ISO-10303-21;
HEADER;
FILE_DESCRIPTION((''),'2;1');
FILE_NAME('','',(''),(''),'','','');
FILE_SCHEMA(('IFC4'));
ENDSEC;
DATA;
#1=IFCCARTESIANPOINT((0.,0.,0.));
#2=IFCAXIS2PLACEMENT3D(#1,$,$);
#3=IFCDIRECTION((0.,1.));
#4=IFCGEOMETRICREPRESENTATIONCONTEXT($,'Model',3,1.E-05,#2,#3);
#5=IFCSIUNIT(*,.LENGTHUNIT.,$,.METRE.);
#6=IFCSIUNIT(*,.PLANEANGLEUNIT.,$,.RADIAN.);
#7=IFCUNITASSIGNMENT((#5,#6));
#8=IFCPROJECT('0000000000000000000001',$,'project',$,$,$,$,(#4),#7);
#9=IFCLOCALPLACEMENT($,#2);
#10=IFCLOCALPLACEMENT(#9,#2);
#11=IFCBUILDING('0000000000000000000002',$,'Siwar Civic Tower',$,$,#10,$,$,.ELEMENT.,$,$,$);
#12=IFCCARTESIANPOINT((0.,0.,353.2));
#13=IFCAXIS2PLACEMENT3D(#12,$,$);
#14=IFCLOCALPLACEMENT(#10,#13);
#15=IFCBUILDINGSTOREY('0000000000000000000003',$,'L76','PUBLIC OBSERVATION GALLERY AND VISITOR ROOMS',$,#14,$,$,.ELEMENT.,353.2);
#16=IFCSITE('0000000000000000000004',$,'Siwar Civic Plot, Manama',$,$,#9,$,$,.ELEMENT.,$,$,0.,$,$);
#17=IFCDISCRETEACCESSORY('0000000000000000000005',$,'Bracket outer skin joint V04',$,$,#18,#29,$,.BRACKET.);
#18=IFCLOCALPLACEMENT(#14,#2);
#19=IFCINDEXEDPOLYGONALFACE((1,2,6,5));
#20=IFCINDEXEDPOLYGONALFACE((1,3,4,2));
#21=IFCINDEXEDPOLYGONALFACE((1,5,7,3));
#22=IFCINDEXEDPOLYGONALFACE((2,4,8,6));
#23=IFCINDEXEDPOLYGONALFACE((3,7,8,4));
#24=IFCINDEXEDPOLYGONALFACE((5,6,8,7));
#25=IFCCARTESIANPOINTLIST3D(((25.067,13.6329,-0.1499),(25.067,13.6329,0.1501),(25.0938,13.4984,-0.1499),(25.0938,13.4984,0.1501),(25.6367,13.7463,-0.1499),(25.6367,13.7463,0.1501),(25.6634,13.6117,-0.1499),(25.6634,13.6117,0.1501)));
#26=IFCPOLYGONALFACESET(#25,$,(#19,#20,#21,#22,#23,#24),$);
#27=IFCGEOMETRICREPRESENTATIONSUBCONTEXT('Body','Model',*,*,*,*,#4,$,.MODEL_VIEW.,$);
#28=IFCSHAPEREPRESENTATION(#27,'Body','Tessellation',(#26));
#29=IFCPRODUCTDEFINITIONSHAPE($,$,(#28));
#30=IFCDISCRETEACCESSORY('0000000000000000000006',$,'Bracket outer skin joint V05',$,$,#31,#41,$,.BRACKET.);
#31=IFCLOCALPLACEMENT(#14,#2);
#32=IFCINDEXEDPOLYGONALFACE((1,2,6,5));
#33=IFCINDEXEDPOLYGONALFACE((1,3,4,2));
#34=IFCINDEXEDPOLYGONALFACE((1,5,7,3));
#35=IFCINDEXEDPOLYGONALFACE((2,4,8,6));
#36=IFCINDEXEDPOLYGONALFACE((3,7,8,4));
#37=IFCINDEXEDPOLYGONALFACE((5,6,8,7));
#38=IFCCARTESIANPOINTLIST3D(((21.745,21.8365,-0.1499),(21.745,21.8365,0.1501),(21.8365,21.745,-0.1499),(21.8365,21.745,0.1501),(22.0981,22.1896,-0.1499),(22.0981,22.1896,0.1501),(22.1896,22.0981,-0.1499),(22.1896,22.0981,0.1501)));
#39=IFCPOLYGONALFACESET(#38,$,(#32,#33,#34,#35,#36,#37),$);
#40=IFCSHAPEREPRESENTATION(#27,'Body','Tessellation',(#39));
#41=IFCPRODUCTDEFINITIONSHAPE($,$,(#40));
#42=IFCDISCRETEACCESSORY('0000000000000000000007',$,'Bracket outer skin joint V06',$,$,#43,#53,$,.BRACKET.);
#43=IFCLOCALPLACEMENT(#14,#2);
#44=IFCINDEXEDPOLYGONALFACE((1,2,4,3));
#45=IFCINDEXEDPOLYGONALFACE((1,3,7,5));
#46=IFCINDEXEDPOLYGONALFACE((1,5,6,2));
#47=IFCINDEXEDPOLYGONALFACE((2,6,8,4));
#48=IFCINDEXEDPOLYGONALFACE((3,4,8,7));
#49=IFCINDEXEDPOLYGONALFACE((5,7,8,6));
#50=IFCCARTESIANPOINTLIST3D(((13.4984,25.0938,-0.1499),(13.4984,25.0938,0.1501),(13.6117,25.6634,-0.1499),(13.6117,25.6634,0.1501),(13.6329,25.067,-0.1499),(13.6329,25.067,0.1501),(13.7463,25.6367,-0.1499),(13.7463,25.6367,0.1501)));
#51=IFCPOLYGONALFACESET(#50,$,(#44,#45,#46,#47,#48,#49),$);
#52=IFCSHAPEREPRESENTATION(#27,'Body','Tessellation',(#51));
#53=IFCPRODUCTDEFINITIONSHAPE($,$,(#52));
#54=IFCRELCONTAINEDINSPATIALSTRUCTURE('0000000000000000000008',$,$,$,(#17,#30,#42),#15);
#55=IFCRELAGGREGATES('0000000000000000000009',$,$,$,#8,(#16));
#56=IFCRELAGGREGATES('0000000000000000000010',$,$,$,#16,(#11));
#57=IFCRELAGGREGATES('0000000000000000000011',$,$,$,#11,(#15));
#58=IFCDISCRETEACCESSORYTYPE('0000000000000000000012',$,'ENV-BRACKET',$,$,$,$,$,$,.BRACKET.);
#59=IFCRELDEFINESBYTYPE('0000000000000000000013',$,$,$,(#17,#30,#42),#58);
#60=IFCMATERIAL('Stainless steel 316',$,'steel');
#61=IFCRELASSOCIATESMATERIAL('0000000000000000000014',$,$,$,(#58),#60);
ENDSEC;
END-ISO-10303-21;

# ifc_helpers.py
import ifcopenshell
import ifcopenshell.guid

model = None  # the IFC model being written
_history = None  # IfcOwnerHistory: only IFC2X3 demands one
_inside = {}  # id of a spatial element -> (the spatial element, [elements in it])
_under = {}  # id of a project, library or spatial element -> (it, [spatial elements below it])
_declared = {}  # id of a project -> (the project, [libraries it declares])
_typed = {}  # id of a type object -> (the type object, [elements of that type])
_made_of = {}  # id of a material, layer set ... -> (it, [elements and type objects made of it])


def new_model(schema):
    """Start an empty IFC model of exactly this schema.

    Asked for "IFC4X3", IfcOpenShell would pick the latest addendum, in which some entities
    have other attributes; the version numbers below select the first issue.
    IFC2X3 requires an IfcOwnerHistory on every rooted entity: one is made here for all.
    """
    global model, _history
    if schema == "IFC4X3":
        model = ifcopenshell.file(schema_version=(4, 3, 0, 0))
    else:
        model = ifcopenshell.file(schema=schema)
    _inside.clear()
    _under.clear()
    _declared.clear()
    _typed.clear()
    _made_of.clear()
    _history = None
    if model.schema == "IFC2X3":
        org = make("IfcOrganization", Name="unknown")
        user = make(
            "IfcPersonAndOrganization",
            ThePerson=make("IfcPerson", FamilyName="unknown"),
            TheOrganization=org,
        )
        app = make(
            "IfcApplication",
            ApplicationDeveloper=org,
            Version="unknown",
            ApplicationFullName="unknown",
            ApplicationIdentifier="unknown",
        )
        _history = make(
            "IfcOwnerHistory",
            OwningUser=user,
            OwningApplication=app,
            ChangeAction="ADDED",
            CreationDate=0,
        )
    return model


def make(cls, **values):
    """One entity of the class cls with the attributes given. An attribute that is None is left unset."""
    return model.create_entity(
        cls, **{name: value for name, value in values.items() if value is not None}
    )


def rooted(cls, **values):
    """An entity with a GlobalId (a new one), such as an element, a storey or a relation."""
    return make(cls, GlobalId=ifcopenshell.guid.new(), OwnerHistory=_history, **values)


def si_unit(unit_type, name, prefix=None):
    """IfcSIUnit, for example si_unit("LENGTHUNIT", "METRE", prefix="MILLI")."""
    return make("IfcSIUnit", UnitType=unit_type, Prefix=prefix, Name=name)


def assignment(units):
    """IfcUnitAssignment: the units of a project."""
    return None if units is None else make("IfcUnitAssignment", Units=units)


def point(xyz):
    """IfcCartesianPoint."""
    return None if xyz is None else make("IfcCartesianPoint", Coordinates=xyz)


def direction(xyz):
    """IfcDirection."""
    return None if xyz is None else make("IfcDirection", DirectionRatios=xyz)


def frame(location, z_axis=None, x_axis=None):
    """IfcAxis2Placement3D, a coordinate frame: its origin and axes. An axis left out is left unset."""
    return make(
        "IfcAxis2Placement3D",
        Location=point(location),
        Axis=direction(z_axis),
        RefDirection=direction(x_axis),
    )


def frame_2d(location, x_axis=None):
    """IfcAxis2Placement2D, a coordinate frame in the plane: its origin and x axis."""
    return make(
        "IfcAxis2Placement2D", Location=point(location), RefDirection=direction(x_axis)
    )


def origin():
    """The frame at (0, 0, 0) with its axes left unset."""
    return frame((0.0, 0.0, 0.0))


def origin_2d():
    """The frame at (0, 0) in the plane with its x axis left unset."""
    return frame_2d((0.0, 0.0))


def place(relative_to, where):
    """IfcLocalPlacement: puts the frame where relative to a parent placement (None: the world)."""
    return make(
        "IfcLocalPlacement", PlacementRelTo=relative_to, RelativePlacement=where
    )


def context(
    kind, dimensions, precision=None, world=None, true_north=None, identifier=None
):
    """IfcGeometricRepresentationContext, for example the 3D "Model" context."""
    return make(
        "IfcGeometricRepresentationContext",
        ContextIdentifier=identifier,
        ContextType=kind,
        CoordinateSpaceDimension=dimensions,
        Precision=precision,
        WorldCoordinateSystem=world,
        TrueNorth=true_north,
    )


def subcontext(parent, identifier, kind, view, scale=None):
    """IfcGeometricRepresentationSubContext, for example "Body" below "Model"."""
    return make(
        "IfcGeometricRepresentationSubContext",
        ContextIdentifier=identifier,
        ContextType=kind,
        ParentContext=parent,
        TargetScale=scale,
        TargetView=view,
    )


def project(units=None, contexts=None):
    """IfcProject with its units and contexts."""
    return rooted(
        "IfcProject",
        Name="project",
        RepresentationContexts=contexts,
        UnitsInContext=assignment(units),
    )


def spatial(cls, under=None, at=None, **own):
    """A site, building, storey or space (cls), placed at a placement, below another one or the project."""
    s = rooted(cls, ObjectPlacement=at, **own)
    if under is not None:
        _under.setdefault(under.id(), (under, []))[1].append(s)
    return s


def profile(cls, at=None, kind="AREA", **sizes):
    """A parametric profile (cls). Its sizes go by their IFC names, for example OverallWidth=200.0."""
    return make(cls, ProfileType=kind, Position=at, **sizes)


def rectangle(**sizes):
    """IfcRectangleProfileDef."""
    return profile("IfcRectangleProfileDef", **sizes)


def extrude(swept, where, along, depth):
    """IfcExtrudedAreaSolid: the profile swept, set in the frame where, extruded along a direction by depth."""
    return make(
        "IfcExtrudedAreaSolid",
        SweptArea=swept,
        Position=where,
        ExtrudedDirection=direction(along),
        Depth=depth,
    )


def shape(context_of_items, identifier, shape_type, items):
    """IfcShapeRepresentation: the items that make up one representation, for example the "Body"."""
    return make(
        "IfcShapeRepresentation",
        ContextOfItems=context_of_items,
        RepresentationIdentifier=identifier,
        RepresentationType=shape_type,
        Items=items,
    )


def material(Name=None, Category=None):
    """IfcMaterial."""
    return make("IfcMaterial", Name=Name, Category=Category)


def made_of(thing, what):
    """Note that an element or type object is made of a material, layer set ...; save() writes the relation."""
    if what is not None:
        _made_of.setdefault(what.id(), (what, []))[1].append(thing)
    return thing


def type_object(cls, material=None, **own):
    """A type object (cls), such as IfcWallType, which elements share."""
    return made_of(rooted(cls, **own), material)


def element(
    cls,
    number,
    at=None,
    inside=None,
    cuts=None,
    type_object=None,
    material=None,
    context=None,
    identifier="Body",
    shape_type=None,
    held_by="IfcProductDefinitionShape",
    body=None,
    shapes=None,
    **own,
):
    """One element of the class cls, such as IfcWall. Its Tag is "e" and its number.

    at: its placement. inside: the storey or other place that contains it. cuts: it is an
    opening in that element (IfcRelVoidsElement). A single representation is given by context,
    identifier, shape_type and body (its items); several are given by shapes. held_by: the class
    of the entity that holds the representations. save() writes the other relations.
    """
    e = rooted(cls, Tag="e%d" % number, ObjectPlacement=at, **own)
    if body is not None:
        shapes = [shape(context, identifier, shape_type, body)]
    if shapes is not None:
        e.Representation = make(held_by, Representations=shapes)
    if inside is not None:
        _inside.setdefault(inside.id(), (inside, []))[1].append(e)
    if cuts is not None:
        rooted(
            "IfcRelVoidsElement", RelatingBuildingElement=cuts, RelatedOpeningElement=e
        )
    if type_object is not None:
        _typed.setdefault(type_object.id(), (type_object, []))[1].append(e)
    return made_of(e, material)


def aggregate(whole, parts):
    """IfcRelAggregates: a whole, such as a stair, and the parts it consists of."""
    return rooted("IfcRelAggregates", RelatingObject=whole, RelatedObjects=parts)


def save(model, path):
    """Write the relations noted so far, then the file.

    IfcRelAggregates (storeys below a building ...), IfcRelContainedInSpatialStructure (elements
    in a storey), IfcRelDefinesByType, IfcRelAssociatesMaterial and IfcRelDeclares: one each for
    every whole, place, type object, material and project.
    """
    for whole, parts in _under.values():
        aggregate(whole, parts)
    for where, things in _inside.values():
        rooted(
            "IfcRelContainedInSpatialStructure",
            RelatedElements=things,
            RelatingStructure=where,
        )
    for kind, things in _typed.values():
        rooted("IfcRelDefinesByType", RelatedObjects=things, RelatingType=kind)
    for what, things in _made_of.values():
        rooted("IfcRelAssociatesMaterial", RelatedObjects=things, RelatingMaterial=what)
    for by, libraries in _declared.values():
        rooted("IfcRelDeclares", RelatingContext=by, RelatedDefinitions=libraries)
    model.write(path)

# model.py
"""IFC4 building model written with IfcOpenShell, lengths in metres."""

from ifc_helpers import new_model, si_unit, direction, frame, origin, origin_2d, place, context, subcontext, project, spatial, rectangle, extrude, material, type_object, element, save


model = new_model("IFC4")

# Units and contexts
model_context = context("Model", 3, precision=1e-05, world=origin(), true_north=direction((0.0, 1.0)))
body_context = subcontext(model_context, "Body", "Model", "MODEL_VIEW")
ifc_project = project(units=[si_unit("LENGTHUNIT", "METRE"), si_unit("PLANEANGLEUNIT", "RADIAN")], contexts=[model_context])

# Site, building, storey
site_placement = place(None, origin())
site = spatial("IfcSite", under=ifc_project, at=site_placement, Name="Siwar Civic Plot, Manama", CompositionType="ELEMENT", RefElevation=0.0)
building_placement = place(site_placement, origin())
building = spatial("IfcBuilding", under=site, at=building_placement, Name="Siwar Civic Tower", CompositionType="ELEMENT")
storey_placement = place(building_placement, frame((0.0, 0.0, 353.2)))
storey = spatial("IfcBuildingStorey", under=building, at=storey_placement, Name="L76", Description="PUBLIC OBSERVATION GALLERY AND VISITOR ROOMS", CompositionType="ELEMENT", Elevation=353.2)

# Discrete accessories
ifc_material_1 = material(Name="Stainless steel 316", Category="steel")
discrete_accessory_type = type_object("IfcDiscreteAccessoryType", Name="ENV-BRACKET", PredefinedType="BRACKET", material=ifc_material_1)
discrete_accessory_1_placement = place(storey_placement, frame((25.3652, 13.6223, -0.1499), z_axis=(0.0, 0.0, 1.0), x_axis=(0.980785, 0.19509, 0.0)))
element("IfcDiscreteAccessory", 1, at=discrete_accessory_1_placement, inside=storey, type_object=discrete_accessory_type, Name="Bracket outer skin joint V04", PredefinedType="BRACKET", context=body_context, shape_type="SweptSolid", body=[
    extrude(rectangle(XDim=0.5808, YDim=0.1372, at=origin_2d()), origin(), (0.0, 0.0, 1.0), 0.3),
])
discrete_accessory_2_placement = place(storey_placement, frame((21.9673, 21.9673, -0.1499), z_axis=(0.0, 0.0, 1.0), x_axis=(0.707107, 0.707107, 0.0)))
element("IfcDiscreteAccessory", 2, at=discrete_accessory_2_placement, inside=storey, type_object=discrete_accessory_type, Name="Bracket outer skin joint V05", PredefinedType="BRACKET", context=body_context, shape_type="SweptSolid", body=[
    extrude(rectangle(XDim=0.4993, YDim=0.1294, at=origin_2d()), origin(), (0.0, 0.0, 1.0), 0.3),
])
discrete_accessory_3_placement = place(storey_placement, frame((13.6223, 25.3652, -0.1499), z_axis=(0.0, 0.0, 1.0), x_axis=(0.19509, 0.980785, 0.0)))
element("IfcDiscreteAccessory", 3, at=discrete_accessory_3_placement, inside=storey, type_object=discrete_accessory_type, Name="Bracket outer skin joint V06", PredefinedType="BRACKET", context=body_context, shape_type="SweptSolid", body=[
    extrude(rectangle(XDim=0.5808, YDim=0.1372, at=origin_2d()), origin(), (0.0, 0.0, 1.0), 0.3),
])

save(model, "model.ifc")
